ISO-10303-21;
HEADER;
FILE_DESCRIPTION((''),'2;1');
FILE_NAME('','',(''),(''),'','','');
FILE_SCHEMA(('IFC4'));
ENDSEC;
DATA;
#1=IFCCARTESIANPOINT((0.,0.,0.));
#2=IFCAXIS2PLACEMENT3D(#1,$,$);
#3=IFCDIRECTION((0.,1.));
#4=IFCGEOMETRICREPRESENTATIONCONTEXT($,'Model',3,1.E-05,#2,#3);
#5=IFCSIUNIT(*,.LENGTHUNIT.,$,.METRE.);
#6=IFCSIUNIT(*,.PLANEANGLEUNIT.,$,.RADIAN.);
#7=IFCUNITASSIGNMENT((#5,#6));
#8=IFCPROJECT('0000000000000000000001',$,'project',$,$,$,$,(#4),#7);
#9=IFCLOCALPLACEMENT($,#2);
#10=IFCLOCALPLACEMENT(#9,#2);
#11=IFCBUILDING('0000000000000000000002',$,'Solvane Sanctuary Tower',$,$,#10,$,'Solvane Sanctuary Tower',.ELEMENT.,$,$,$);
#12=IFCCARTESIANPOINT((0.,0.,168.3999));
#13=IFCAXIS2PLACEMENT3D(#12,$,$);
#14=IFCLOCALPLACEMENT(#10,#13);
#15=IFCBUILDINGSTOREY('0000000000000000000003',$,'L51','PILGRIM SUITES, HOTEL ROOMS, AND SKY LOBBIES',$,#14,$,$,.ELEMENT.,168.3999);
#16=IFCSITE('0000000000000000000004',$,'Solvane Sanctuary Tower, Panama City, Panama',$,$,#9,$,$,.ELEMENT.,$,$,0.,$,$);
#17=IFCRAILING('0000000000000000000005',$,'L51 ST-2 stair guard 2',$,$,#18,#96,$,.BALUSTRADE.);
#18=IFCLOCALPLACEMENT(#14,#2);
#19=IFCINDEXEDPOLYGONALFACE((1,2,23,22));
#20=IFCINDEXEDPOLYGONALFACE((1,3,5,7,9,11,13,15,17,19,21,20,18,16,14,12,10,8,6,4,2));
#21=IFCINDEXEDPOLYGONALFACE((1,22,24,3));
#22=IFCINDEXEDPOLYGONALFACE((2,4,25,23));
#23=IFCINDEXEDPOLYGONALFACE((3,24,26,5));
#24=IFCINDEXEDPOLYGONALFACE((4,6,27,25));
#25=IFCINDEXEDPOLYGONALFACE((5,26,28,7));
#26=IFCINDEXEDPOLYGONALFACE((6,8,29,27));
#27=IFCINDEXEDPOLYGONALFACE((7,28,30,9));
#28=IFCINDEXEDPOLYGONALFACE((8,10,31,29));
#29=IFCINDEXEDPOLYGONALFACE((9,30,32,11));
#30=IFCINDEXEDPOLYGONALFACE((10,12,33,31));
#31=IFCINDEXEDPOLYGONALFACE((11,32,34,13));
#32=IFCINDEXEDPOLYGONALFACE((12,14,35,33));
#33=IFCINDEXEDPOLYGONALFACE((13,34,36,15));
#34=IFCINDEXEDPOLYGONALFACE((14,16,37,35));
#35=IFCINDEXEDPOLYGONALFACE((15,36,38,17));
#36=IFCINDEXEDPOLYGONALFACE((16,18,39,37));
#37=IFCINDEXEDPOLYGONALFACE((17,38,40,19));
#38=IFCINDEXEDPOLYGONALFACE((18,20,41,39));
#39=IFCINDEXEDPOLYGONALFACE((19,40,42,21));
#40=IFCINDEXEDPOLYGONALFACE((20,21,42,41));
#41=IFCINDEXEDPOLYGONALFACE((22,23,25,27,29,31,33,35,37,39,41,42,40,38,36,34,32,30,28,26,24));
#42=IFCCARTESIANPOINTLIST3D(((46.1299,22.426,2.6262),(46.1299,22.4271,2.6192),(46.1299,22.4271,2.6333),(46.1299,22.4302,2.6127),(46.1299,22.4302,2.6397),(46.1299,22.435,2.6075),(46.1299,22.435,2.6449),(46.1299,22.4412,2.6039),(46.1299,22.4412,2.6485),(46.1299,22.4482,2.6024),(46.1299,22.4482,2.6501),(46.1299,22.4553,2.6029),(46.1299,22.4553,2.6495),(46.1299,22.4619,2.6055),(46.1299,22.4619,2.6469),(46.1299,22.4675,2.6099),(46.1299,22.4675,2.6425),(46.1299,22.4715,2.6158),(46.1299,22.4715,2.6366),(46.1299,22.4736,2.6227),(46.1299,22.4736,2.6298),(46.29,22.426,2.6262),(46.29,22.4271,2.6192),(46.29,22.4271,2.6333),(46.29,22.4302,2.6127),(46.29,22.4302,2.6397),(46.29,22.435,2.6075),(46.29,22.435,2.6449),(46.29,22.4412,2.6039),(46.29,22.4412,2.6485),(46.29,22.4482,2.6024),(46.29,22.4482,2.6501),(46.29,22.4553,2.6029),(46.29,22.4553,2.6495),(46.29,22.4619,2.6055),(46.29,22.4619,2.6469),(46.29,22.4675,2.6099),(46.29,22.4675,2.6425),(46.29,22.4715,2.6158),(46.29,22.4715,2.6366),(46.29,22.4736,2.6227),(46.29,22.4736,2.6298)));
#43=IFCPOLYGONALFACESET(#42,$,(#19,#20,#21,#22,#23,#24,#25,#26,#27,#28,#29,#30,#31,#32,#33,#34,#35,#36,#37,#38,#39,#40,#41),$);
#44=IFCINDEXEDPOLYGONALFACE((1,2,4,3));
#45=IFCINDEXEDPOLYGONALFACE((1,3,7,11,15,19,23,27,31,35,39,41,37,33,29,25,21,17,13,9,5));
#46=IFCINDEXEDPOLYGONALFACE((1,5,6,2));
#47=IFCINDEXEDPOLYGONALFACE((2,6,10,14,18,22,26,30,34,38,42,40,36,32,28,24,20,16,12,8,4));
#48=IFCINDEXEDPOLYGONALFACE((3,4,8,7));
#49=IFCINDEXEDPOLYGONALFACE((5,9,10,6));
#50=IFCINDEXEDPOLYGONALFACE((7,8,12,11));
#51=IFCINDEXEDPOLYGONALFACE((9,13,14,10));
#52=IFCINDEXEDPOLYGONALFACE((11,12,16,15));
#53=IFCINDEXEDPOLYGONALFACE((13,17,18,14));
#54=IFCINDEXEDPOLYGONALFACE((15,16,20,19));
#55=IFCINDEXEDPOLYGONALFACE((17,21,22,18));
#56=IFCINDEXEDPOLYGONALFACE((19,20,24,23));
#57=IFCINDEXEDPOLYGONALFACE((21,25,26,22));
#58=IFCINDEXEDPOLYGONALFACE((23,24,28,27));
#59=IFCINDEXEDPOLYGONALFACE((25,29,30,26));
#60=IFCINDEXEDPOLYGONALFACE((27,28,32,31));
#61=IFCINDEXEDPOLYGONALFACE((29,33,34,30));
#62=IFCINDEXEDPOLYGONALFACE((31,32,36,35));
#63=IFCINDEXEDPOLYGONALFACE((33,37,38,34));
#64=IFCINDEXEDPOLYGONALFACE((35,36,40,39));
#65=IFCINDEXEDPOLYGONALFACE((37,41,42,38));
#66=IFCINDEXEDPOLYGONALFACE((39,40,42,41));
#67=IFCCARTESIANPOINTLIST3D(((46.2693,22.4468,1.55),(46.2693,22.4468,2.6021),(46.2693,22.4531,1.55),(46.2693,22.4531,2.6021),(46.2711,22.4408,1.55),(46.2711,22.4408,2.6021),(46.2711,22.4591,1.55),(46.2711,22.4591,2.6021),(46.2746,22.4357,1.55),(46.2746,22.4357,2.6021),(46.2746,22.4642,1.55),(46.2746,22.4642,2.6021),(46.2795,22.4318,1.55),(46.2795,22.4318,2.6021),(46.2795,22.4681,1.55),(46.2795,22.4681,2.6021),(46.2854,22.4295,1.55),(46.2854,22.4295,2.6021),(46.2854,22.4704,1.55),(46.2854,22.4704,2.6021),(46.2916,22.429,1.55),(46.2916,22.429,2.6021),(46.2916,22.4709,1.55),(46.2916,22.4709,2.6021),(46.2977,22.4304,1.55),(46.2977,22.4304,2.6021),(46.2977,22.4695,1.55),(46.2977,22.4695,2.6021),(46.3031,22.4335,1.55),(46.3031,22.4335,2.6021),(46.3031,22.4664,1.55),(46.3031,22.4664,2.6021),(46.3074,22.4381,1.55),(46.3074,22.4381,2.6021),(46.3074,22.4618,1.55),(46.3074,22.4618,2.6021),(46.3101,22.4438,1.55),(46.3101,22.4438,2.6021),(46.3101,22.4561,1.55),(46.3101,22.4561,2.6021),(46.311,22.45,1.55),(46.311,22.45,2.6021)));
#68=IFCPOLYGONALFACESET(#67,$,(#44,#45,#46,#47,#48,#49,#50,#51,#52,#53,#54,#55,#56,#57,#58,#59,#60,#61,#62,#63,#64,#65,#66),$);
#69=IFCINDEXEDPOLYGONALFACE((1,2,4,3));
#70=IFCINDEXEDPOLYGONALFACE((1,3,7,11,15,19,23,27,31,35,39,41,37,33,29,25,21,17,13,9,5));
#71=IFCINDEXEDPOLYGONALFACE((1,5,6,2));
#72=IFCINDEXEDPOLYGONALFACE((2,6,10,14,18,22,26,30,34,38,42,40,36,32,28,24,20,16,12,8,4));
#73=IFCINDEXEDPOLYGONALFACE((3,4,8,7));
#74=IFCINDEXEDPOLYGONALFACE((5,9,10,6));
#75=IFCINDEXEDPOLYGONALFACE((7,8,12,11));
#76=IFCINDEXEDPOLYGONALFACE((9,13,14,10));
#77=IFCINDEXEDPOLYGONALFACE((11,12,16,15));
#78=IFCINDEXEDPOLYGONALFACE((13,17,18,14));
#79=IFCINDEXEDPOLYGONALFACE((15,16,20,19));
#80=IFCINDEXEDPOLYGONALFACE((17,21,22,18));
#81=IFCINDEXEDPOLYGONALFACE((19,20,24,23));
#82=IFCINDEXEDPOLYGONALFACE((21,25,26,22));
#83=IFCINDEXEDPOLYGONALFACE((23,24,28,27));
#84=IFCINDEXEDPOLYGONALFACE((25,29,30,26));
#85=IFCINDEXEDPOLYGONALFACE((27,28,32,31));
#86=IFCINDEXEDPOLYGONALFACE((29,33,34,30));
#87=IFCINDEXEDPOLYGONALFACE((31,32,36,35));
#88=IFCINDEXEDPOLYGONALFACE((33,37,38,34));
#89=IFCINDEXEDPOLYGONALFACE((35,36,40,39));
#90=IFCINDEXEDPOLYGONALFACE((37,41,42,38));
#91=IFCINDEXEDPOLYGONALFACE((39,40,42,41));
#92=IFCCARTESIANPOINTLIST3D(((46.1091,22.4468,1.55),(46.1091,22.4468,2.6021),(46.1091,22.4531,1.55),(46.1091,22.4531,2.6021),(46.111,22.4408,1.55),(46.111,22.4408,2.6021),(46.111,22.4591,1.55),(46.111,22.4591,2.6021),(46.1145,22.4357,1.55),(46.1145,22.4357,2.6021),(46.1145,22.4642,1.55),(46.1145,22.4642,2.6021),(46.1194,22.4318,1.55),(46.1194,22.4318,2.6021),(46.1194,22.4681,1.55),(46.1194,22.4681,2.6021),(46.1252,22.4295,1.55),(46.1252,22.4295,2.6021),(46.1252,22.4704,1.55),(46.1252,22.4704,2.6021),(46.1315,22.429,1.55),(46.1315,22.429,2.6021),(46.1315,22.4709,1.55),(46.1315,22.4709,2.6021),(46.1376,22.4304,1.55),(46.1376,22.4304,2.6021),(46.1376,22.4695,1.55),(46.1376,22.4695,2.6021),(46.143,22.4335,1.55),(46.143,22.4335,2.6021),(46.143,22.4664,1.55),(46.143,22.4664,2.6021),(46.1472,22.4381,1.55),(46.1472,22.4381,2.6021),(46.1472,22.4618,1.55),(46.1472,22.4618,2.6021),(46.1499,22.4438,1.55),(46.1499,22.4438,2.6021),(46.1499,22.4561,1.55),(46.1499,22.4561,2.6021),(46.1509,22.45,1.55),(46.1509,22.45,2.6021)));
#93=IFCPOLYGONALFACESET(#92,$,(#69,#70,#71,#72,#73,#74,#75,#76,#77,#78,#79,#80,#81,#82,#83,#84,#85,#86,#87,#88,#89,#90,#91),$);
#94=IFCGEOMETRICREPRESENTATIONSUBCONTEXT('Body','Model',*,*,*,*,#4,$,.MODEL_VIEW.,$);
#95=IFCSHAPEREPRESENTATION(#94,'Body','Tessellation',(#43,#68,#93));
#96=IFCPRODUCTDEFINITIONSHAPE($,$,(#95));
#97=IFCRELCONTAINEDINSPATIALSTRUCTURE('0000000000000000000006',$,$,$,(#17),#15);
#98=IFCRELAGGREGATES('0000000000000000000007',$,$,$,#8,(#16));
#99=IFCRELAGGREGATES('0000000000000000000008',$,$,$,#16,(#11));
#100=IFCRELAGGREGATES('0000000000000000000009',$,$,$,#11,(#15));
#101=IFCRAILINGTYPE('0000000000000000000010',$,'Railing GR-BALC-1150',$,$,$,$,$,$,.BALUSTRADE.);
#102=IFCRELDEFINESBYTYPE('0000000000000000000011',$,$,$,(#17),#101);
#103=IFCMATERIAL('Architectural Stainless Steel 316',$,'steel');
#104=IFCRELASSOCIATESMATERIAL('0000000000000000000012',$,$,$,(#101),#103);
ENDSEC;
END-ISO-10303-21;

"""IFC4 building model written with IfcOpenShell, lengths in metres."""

from ifc_helpers import new_model, si_unit, direction, frame, origin, origin_2d, place, context, subcontext, project, spatial, circle, extrude, material, type_object, element, save


model = new_model("IFC4")

# Units and contexts
model_context = context("Model", 3, precision=1e-05, world=origin(), true_north=direction((0.0, 1.0)))
body_context = subcontext(model_context, "Body", "Model", "MODEL_VIEW")
ifc_project = project(units=[si_unit("LENGTHUNIT", "METRE"), si_unit("PLANEANGLEUNIT", "RADIAN")], contexts=[model_context])

# Site, building, storey
site_placement = place(None, origin())
site = spatial("IfcSite", under=ifc_project, at=site_placement, Name="Solvane Sanctuary Tower, Panama City, Panama", CompositionType="ELEMENT", RefElevation=0.0)
building_placement = place(site_placement, origin())
building = spatial("IfcBuilding", under=site, at=building_placement, Name="Solvane Sanctuary Tower", LongName="Solvane Sanctuary Tower", CompositionType="ELEMENT")
storey_placement = place(building_placement, frame((0.0, 0.0, 168.3999)))
storey = spatial("IfcBuildingStorey", under=building, at=storey_placement, Name="L51", Description="PILGRIM SUITES, HOTEL ROOMS, AND SKY LOBBIES", CompositionType="ELEMENT", Elevation=168.3999)

# Shared definitions
ifc_material_1 = material(Name="Architectural Stainless Steel 316", Category="steel")

# Railing
railing_type_1 = type_object("IfcRailingType", Name="Railing GR-BALC-1150", PredefinedType="BALUSTRADE", material=ifc_material_1)
railing_1_placement = place(storey_placement, frame((46.29, 22.45, 1.55)))
element("IfcRailing", 1, at=railing_1_placement, inside=storey, type_object=railing_type_1, Name="L51 ST-2 stair guard 2", PredefinedType="BALUSTRADE", context=body_context, shape_type="SweptSolid", body=[
    extrude(circle(Radius=0.0239, at=origin_2d()), frame((0.0, 0.0, 1.0762), z_axis=(-1.0, 0.0, 0.0), x_axis=(0.0, -1.0, 0.0)), (0.0, 0.0, 1.0), 0.1602),
    extrude(circle(Radius=0.021, at=origin_2d()), origin(), (0.0, 0.0, 1.0), 1.052),
    extrude(circle(Radius=0.021, at=origin_2d()), frame((-0.1602, 0.0, 0.0)), (0.0, 0.0, 1.0), 1.052),
])

save(model, "model.ifc")
